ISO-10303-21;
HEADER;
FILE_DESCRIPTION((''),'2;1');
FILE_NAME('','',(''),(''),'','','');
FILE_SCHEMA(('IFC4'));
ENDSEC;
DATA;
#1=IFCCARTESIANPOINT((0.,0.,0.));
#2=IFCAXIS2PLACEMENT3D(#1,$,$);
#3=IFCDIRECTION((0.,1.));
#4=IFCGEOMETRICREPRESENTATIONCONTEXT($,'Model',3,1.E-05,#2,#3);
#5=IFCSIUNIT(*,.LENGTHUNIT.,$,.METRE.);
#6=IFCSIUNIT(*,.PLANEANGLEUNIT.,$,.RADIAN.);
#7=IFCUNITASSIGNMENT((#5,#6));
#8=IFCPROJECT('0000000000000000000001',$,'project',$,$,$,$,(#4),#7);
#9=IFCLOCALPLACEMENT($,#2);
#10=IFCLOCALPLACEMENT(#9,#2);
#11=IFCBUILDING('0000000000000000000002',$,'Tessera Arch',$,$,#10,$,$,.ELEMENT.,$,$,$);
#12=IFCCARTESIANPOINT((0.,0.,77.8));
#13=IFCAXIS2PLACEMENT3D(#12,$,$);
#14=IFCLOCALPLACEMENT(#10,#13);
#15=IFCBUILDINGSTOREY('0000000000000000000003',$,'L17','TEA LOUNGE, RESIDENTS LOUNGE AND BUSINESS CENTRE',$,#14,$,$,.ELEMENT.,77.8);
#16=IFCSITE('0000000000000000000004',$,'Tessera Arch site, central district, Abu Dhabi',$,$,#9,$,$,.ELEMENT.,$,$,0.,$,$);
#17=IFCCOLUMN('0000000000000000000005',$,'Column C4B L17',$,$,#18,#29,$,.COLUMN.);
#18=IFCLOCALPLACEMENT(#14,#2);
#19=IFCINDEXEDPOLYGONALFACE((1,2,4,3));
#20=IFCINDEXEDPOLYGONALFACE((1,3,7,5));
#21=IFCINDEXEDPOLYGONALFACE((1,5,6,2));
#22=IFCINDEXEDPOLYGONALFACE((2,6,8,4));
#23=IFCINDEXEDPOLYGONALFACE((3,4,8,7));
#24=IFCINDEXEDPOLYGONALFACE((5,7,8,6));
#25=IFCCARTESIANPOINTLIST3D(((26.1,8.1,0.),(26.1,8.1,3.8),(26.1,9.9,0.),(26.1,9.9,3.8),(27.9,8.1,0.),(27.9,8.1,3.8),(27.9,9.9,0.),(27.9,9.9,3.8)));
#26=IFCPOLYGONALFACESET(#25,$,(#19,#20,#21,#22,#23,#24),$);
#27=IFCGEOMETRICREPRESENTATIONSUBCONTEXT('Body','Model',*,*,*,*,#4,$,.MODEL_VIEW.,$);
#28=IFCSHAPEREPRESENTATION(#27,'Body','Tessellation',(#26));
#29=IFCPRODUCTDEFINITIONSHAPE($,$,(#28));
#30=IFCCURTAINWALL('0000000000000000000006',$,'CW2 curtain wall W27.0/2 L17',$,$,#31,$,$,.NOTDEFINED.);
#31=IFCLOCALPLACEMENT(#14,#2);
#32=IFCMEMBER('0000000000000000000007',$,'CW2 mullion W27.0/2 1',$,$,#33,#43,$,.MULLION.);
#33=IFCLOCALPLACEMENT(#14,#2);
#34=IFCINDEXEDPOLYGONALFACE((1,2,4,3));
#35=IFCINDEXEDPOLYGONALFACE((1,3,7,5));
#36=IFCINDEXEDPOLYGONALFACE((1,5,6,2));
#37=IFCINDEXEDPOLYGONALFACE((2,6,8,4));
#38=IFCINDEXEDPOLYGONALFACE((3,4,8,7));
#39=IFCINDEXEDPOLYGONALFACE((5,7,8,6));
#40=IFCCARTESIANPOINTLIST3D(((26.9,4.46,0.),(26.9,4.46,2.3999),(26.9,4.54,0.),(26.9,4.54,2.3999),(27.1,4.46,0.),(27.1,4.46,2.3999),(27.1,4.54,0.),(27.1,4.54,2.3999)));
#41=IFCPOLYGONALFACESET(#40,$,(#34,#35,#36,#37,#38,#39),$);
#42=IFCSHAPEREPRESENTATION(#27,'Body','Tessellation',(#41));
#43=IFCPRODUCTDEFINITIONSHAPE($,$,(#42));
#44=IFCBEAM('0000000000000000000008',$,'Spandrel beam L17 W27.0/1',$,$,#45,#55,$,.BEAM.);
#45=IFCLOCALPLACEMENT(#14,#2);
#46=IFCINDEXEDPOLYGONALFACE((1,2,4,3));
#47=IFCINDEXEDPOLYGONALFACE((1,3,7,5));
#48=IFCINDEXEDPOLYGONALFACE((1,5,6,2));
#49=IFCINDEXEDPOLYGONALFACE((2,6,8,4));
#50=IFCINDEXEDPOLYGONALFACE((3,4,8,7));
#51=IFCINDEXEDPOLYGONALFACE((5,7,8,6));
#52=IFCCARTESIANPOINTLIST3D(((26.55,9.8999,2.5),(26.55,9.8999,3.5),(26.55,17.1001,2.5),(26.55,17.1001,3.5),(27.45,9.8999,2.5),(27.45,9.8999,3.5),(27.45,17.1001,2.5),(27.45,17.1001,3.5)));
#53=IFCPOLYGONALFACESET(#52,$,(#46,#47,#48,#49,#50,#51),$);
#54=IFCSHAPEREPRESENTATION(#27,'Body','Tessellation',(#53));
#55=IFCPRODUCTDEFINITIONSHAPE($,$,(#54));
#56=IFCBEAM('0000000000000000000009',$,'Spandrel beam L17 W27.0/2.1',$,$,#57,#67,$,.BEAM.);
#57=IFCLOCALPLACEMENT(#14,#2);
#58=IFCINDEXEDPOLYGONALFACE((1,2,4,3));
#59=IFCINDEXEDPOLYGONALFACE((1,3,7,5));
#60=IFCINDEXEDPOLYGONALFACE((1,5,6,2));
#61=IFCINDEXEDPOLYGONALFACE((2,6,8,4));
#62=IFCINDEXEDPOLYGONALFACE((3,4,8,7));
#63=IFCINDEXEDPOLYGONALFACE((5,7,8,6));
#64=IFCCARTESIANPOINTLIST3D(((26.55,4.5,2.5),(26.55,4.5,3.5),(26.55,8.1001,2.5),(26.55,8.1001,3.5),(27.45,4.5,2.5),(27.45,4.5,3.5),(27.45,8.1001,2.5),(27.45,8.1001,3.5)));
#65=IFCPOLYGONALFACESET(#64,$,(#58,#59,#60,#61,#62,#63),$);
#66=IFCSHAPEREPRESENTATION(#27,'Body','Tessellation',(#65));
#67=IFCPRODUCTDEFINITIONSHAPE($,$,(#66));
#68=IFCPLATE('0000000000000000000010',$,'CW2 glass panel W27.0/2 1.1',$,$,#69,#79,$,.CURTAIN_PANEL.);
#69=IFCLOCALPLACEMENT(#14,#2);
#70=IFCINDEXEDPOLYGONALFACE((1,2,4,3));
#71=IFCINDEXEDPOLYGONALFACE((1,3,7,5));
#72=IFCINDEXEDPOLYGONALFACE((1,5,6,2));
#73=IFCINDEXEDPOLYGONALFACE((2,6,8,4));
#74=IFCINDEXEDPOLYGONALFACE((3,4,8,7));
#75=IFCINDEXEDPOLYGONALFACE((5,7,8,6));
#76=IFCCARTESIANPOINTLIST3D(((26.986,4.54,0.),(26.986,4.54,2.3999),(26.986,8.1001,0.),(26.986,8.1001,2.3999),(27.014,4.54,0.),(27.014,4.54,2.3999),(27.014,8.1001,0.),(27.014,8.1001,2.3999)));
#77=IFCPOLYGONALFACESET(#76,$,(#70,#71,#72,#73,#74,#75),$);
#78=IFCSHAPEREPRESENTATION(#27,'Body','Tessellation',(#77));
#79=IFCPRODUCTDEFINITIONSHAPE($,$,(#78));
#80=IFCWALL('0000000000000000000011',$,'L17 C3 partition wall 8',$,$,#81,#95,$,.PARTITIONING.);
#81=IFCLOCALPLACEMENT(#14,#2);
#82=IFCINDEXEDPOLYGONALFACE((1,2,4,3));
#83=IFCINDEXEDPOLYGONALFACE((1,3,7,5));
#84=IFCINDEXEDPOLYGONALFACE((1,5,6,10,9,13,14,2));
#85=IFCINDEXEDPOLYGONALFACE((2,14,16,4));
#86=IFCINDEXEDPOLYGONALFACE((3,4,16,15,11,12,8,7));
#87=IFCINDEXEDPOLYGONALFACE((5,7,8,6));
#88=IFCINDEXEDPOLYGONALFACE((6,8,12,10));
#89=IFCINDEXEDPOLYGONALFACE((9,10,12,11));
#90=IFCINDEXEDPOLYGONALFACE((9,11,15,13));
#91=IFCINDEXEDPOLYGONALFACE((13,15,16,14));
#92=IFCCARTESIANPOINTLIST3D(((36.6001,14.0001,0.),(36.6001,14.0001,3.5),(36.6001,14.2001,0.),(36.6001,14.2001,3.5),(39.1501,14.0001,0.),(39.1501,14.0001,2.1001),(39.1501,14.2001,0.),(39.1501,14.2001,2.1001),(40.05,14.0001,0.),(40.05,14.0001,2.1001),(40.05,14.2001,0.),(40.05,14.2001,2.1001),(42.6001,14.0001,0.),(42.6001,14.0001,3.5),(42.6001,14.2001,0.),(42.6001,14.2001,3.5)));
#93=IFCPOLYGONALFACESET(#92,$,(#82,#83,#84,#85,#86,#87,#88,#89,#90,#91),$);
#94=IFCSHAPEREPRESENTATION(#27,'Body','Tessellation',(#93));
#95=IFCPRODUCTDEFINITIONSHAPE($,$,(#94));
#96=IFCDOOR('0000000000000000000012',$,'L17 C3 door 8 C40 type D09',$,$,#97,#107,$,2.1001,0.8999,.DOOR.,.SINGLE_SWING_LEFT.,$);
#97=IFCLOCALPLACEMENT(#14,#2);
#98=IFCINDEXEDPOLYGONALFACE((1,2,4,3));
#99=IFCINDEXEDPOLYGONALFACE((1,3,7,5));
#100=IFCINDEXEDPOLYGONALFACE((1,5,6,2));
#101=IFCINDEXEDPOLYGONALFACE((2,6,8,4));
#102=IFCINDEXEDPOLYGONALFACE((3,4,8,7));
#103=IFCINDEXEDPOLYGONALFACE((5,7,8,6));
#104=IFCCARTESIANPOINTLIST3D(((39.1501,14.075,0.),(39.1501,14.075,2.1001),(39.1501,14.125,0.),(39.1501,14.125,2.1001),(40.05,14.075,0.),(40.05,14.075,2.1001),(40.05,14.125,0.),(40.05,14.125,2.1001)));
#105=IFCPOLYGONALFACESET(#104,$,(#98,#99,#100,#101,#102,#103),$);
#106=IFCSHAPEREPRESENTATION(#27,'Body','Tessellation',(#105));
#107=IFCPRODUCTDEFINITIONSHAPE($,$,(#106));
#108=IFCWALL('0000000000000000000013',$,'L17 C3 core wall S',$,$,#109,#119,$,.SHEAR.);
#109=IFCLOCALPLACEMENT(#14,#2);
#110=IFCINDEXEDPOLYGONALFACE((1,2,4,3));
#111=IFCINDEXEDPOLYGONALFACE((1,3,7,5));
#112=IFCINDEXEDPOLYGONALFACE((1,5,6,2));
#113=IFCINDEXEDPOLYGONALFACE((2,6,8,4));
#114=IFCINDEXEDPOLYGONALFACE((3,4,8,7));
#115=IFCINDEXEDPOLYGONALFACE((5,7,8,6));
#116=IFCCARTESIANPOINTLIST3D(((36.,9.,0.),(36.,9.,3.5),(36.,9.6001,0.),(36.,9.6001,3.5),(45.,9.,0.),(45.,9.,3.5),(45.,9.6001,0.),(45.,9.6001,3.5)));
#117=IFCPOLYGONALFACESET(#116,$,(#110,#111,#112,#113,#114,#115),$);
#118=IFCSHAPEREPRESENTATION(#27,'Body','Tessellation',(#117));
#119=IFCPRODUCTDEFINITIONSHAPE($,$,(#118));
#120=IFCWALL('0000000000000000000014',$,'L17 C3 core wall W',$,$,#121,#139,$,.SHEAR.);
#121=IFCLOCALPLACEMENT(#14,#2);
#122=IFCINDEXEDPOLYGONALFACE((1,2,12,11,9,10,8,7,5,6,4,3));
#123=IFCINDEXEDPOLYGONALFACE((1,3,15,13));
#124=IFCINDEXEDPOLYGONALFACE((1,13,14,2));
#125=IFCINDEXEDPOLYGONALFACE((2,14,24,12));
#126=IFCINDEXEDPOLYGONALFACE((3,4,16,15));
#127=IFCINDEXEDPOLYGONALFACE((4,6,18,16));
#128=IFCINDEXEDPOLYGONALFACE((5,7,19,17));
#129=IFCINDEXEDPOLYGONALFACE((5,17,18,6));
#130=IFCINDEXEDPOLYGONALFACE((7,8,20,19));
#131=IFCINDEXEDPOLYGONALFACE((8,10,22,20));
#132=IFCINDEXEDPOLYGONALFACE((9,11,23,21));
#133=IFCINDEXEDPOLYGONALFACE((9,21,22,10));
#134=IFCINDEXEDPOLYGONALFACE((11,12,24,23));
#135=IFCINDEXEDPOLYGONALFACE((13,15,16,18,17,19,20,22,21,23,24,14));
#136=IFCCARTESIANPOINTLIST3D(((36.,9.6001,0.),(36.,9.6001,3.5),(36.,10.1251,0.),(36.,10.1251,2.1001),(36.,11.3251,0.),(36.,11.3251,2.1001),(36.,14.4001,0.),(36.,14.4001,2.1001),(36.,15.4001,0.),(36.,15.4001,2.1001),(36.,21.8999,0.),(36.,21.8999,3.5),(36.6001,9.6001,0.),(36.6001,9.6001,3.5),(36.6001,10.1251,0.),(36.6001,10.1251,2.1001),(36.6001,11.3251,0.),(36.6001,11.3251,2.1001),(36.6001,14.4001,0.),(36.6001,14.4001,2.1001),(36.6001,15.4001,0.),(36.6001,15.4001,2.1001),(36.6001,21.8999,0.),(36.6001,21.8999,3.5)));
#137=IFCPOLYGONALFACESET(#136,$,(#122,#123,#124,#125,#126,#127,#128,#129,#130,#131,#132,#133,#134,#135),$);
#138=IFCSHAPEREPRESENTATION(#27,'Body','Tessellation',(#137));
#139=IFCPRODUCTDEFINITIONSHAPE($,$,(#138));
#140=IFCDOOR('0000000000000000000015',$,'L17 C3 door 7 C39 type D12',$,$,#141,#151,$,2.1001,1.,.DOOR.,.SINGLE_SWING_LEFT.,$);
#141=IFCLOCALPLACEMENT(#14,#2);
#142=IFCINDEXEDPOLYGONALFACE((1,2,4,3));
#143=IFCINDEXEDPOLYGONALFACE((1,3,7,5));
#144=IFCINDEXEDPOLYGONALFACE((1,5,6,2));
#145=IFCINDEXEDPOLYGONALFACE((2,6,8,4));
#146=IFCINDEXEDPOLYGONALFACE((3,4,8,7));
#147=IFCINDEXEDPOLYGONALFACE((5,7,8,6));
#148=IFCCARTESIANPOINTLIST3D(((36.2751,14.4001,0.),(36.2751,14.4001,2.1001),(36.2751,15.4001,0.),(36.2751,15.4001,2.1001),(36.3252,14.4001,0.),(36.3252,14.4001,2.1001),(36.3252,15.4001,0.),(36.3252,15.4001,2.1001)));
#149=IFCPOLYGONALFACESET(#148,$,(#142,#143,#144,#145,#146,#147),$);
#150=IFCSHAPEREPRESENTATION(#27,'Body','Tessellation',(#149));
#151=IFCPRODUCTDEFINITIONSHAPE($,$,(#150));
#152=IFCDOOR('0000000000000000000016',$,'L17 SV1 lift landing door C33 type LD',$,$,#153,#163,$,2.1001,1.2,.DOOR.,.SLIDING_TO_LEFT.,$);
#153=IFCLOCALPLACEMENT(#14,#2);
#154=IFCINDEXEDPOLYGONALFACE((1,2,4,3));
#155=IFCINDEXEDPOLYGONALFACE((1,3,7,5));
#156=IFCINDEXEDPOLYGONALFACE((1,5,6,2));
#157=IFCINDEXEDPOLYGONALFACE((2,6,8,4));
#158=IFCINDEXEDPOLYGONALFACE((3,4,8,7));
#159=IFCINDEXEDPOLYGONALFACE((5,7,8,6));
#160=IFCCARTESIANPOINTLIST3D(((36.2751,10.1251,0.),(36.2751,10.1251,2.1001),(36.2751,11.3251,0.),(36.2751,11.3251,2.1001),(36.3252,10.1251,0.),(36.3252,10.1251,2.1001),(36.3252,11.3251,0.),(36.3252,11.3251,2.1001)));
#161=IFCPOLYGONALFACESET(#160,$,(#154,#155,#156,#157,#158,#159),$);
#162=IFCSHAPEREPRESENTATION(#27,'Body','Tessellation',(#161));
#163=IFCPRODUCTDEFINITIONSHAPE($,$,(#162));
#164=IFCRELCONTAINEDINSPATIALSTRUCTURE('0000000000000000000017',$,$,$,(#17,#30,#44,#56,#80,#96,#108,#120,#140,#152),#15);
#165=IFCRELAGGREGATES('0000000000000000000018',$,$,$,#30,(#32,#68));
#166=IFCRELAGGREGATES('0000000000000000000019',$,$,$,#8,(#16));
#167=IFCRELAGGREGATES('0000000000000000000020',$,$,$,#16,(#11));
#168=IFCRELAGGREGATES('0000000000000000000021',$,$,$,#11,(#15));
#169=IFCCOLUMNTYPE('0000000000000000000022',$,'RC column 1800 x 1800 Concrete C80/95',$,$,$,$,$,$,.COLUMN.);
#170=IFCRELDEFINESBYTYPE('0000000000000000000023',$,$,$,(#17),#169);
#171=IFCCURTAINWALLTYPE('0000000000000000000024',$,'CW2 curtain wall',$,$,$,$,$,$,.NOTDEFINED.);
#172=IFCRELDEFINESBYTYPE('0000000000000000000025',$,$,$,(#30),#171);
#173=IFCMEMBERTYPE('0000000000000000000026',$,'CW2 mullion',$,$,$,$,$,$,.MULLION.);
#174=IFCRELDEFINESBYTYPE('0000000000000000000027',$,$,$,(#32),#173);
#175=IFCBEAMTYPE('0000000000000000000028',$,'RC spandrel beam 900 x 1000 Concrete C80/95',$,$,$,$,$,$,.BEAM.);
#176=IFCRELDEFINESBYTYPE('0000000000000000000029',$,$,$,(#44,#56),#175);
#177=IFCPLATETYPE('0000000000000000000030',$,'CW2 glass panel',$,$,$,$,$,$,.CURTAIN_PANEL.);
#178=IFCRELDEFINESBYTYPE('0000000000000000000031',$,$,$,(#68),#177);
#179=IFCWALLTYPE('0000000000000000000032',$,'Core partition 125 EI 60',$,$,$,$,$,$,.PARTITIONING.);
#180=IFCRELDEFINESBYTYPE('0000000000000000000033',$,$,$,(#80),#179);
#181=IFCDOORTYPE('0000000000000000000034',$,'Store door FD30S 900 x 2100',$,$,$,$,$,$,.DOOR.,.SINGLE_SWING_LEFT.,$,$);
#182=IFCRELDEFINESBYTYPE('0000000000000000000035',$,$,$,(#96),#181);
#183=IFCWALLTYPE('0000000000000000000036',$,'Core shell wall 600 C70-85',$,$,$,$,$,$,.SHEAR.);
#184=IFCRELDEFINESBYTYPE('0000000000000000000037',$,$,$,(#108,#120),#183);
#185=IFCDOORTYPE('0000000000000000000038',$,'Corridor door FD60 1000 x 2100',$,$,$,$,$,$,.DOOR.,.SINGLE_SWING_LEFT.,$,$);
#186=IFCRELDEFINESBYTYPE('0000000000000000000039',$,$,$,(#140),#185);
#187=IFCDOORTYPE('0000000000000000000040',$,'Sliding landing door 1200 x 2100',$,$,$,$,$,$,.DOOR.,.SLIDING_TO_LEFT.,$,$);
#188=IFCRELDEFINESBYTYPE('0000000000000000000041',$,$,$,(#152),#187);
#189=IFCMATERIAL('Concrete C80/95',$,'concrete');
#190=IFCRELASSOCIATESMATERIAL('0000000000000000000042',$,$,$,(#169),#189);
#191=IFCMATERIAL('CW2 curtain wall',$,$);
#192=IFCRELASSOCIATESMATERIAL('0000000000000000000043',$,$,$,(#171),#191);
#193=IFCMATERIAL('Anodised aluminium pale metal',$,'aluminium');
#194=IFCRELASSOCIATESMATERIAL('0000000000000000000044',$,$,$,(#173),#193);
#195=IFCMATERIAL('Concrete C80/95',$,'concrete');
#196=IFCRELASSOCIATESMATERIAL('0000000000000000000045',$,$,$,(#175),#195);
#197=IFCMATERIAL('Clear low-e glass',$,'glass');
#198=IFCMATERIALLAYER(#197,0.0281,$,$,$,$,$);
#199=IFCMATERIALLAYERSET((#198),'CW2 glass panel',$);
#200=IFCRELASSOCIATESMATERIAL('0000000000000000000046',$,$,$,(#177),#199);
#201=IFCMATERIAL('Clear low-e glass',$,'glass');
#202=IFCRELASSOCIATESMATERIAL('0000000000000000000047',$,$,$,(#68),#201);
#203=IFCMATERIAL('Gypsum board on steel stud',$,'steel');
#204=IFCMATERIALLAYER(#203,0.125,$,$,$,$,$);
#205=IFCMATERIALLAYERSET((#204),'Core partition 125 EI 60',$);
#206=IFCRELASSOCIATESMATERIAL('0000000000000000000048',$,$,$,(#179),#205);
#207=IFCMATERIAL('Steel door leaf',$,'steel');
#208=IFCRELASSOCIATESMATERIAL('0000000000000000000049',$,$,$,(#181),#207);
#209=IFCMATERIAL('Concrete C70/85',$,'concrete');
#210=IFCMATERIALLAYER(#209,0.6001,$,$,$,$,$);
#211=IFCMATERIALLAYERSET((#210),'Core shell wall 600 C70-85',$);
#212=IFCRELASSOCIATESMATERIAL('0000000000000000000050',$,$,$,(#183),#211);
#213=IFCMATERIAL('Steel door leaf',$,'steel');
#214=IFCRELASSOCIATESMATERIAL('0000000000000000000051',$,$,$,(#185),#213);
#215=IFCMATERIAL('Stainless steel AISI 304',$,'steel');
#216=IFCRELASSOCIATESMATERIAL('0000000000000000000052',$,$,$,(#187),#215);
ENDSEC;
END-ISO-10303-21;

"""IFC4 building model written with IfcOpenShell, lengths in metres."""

from ifc_helpers import new_model, si_unit, direction, frame, frame_2d, origin, origin_2d, place, context, subcontext, project, spatial, rectangle, extrude, material, layer, layer_set, material_profile, profile_set, type_object, element, fill, aggregate, save


model = new_model("IFC4")

# Units and contexts
model_context = context("Model", 3, precision=1e-05, world=origin(), true_north=direction((0.0, 1.0)))
body_context = subcontext(model_context, "Body", "Model", "MODEL_VIEW")
ifc_project = project(units=[si_unit("LENGTHUNIT", "METRE"), si_unit("PLANEANGLEUNIT", "RADIAN")], contexts=[model_context])

# Site, building, storey
site_placement = place(None, origin())
site = spatial("IfcSite", under=ifc_project, at=site_placement, Name="Tessera Arch site, central district, Abu Dhabi", CompositionType="ELEMENT", RefElevation=0.0)
building_placement = place(site_placement, origin())
building = spatial("IfcBuilding", under=site, at=building_placement, Name="Tessera Arch", CompositionType="ELEMENT")
storey_placement = place(building_placement, frame((0.0, 0.0, 77.8)))
storey = spatial("IfcBuildingStorey", under=building, at=storey_placement, Name="L17", Description="TEA LOUNGE, RESIDENTS LOUNGE AND BUSINESS CENTRE", CompositionType="ELEMENT", Elevation=77.8)

# Column
ifc_material_1 = material(Name="Concrete C80/95", Category="concrete")
ifc_material_profile_1 = material_profile(ifc_material_1, rectangle(XDim=1.8, YDim=1.8, at=origin_2d()), Name="RC column 1800 x 1800 Concrete C80/95")
ifc_profile_set_1 = profile_set([ifc_material_profile_1], Name="Concrete C80/95")
column_type = type_object("IfcColumnType", Name="RC column 1800 x 1800 Concrete C80/95", PredefinedType="COLUMN", material=ifc_profile_set_1)
column_placement = place(storey_placement, frame((27.0, 9.0, 0.0), z_axis=(0.0, 0.0, 1.0), x_axis=(1.0, 0.0, 0.0)))
element("IfcColumn", 1, at=column_placement, inside=storey, type_object=column_type, Name="Column C4B L17", PredefinedType="COLUMN", context=body_context, shape_type="SweptSolid", body=[
    extrude(rectangle(XDim=1.8, YDim=1.8, at=origin_2d()), origin(), (0.0, 0.0, 1.0), 3.8),
])

# Curtain wall, member
ifc_material_2 = material(Name="CW2 curtain wall")
curtain_wall_type = type_object("IfcCurtainWallType", Name="CW2 curtain wall", PredefinedType="NOTDEFINED", material=ifc_material_2)
curtain_wall_placement = place(storey_placement, origin())
curtain_wall = element("IfcCurtainWall", 2, at=curtain_wall_placement, inside=storey, type_object=curtain_wall_type, Name="CW2 curtain wall W27.0/2 L17", PredefinedType="NOTDEFINED")
ifc_material_3 = material(Name="Anodised aluminium pale metal", Category="aluminium")
ifc_material_profile_2 = material_profile(ifc_material_3, rectangle(XDim=0.2, YDim=0.0801, at=origin_2d()), Name="AL 80x200")
ifc_profile_set_2 = profile_set([ifc_material_profile_2], Name="Anodised aluminium pale metal")
member_type = type_object("IfcMemberType", Name="CW2 mullion", PredefinedType="MULLION", material=ifc_profile_set_2)
member_placement = place(storey_placement, frame((27.0, 4.5, 0.0), z_axis=(0.0, 0.0, 1.0), x_axis=(1.0, 0.0, 0.0)))
member = element("IfcMember", 3, at=member_placement, type_object=member_type, Name="CW2 mullion W27.0/2 1", PredefinedType="MULLION", context=body_context, shape_type="SweptSolid", body=[
    extrude(rectangle(XDim=0.2, YDim=0.0801, at=origin_2d()), origin(), (0.0, 0.0, 1.0), 2.3999),
])

# Beams
ifc_material_4 = material(Name="Concrete C80/95", Category="concrete")
ifc_material_profile_3 = material_profile(ifc_material_4, rectangle(XDim=0.8999, YDim=1.0, at=origin_2d()), Name="RC spandrel beam 900 x 1000 Concrete C80/95")
ifc_profile_set_3 = profile_set([ifc_material_profile_3], Name="Concrete C80/95")
beam_type = type_object("IfcBeamType", Name="RC spandrel beam 900 x 1000 Concrete C80/95", PredefinedType="BEAM", material=ifc_profile_set_3)
beam_1_placement = place(storey_placement, frame((27.0, 17.1001, 3.0), z_axis=(0.0, -1.0, 0.0), x_axis=(1.0, 0.0, 0.0)))
element("IfcBeam", 4, at=beam_1_placement, inside=storey, type_object=beam_type, Name="Spandrel beam L17 W27.0/1", PredefinedType="BEAM", context=body_context, shape_type="SweptSolid", body=[
    extrude(rectangle(XDim=0.8999, YDim=1.0, at=origin_2d()), origin(), (0.0, 0.0, 1.0), 7.2002),
])
beam_2_placement = place(storey_placement, frame((27.0, 8.1001, 3.0), z_axis=(0.0, -1.0, 0.0), x_axis=(1.0, 0.0, 0.0)))
element("IfcBeam", 5, at=beam_2_placement, inside=storey, type_object=beam_type, Name="Spandrel beam L17 W27.0/2.1", PredefinedType="BEAM", context=body_context, shape_type="SweptSolid", body=[
    extrude(rectangle(XDim=0.8999, YDim=1.0, at=origin_2d()), origin(), (0.0, 0.0, 1.0), 3.6001),
])

# Plate
ifc_material_5 = material(Name="Clear low-e glass", Category="glass")
ifc_material_6 = material(Name="Clear low-e glass", Category="glass")
ifc_layer_1 = layer(ifc_material_6, 0.0281)
ifc_layer_set_1 = layer_set([ifc_layer_1], Name="CW2 glass panel")
plate_type = type_object("IfcPlateType", Name="CW2 glass panel", PredefinedType="CURTAIN_PANEL", material=ifc_layer_set_1)
plate_placement = place(storey_placement, frame((27.0, 6.3201, 0.0), z_axis=(0.0, 0.0, 1.0), x_axis=(0.0, -1.0, 0.0)))
plate = element("IfcPlate", 6, at=plate_placement, type_object=plate_type, material=ifc_material_5, Name="CW2 glass panel W27.0/2 1.1", PredefinedType="CURTAIN_PANEL", context=body_context, shape_type="SweptSolid", body=[
    extrude(rectangle(XDim=3.5601, YDim=0.0281, at=origin_2d()), origin(), (0.0, 0.0, 1.0), 2.3999),
])
aggregate(curtain_wall, [member, plate])

# Wall, opening, door
ifc_material_7 = material(Name="Gypsum board on steel stud", Category="steel")
ifc_layer_2 = layer(ifc_material_7, 0.125)
ifc_layer_set_2 = layer_set([ifc_layer_2], Name="Core partition 125 EI 60")
wall_type_1 = type_object("IfcWallType", Name="Core partition 125 EI 60", PredefinedType="PARTITIONING", material=ifc_layer_set_2)
wall_1_placement = place(storey_placement, frame((36.6001, 14.1001, 0.0), z_axis=(0.0, 0.0, 1.0), x_axis=(1.0, 0.0, 0.0)))
wall_1 = element("IfcWall", 7, at=wall_1_placement, inside=storey, type_object=wall_type_1, Name="L17 C3 partition wall 8", PredefinedType="PARTITIONING", context=body_context, shape_type="SweptSolid", body=[
    extrude(rectangle(XDim=6.0, YDim=0.2, at=frame_2d((3.0, 0.0))), origin(), (0.0, 0.0, 1.0), 3.5),
])
opening_1_placement = place(wall_1_placement, frame((2.55, 0.0, 0.0)))
opening_1 = element("IfcOpeningElement", 8, at=opening_1_placement, cuts=wall_1, PredefinedType="OPENING", context=body_context, shape_type="SweptSolid", body=[
    extrude(rectangle(XDim=0.8999, YDim=2.1001, at=frame_2d((0.45, 1.05))), frame((0.0, 0.1099, 0.0), z_axis=(0.0, -1.0, 0.0), x_axis=(1.0, 0.0, 0.0)), (0.0, 0.0, 1.0), 0.22),
])
ifc_material_8 = material(Name="Steel door leaf", Category="steel")
door_type_1 = type_object("IfcDoorType", Name="Store door FD30S 900 x 2100", OperationType="SINGLE_SWING_LEFT", PredefinedType="DOOR", material=ifc_material_8)
door_1_placement = place(opening_1_placement, origin())
door_1 = element("IfcDoor", 9, at=door_1_placement, inside=storey, type_object=door_type_1, Name="L17 C3 door 8 C40 type D09", OperationType="SINGLE_SWING_LEFT", OverallHeight=2.1001, OverallWidth=0.8999, PredefinedType="DOOR", context=body_context, shape_type="SweptSolid", body=[
    extrude(rectangle(XDim=0.8999, YDim=2.1001, at=frame_2d((0.45, 1.05))), frame((0.0, 0.0249, 0.0), z_axis=(0.0, -1.0, 0.0), x_axis=(1.0, 0.0, 0.0)), (0.0, 0.0, 1.0), 0.05),
])
fill(opening_1, door_1)

# Wall
ifc_material_9 = material(Name="Concrete C70/85", Category="concrete")
ifc_layer_3 = layer(ifc_material_9, 0.6001)
ifc_layer_set_3 = layer_set([ifc_layer_3], Name="Core shell wall 600 C70-85")
wall_type_2 = type_object("IfcWallType", Name="Core shell wall 600 C70-85", PredefinedType="SHEAR", material=ifc_layer_set_3)
wall_2_placement = place(storey_placement, frame((36.0, 9.3, 0.0), z_axis=(0.0, 0.0, 1.0), x_axis=(1.0, 0.0, 0.0)))
element("IfcWall", 10, at=wall_2_placement, inside=storey, type_object=wall_type_2, Name="L17 C3 core wall S", PredefinedType="SHEAR", context=body_context, shape_type="SweptSolid", body=[
    extrude(rectangle(XDim=9.0, YDim=0.6001, at=frame_2d((4.5, 0.0))), origin(), (0.0, 0.0, 1.0), 3.5),
])

# Wall, openings, doors
wall_3_placement = place(storey_placement, frame((36.3, 9.6001, 0.0), z_axis=(0.0, 0.0, 1.0), x_axis=(0.0, 1.0, 0.0)))
wall_3 = element("IfcWall", 11, at=wall_3_placement, inside=storey, type_object=wall_type_2, Name="L17 C3 core wall W", PredefinedType="SHEAR", context=body_context, shape_type="SweptSolid", body=[
    extrude(rectangle(XDim=12.2998, YDim=0.6001, at=frame_2d((6.1499, 0.0))), origin(), (0.0, 0.0, 1.0), 3.5),
])
opening_2_placement = place(wall_3_placement, frame((0.5249, 0.0, 0.0)))
opening_2 = element("IfcOpeningElement", 12, at=opening_2_placement, cuts=wall_3, PredefinedType="OPENING", context=body_context, shape_type="SweptSolid", body=[
    extrude(rectangle(XDim=1.2, YDim=2.1001, at=frame_2d((0.6001, 1.05))), frame((0.0, 0.3101, 0.0), z_axis=(0.0, -1.0, 0.0), x_axis=(1.0, 0.0, 0.0)), (0.0, 0.0, 1.0), 0.6201),
])
opening_3_placement = place(wall_3_placement, frame((4.8, 0.0, 0.0)))
opening_3 = element("IfcOpeningElement", 13, at=opening_3_placement, cuts=wall_3, PredefinedType="OPENING", context=body_context, shape_type="SweptSolid", body=[
    extrude(rectangle(XDim=1.0, YDim=2.1001, at=frame_2d((0.5, 1.05))), frame((0.0, 0.3101, 0.0), z_axis=(0.0, -1.0, 0.0), x_axis=(1.0, 0.0, 0.0)), (0.0, 0.0, 1.0), 0.6201),
])
ifc_material_10 = material(Name="Steel door leaf", Category="steel")
door_type_2 = type_object("IfcDoorType", Name="Corridor door FD60 1000 x 2100", OperationType="SINGLE_SWING_LEFT", PredefinedType="DOOR", material=ifc_material_10)
door_2_placement = place(opening_3_placement, origin())
door_2 = element("IfcDoor", 14, at=door_2_placement, inside=storey, type_object=door_type_2, Name="L17 C3 door 7 C39 type D12", OperationType="SINGLE_SWING_LEFT", OverallHeight=2.1001, OverallWidth=1.0, PredefinedType="DOOR", context=body_context, shape_type="SweptSolid", body=[
    extrude(rectangle(XDim=1.0, YDim=2.1001, at=frame_2d((0.5, 1.05))), frame((0.0, 0.0249, 0.0), z_axis=(0.0, -1.0, 0.0), x_axis=(1.0, 0.0, 0.0)), (0.0, 0.0, 1.0), 0.05),
])
fill(opening_3, door_2)
ifc_material_11 = material(Name="Stainless steel AISI 304", Category="steel")
door_type_3 = type_object("IfcDoorType", Name="Sliding landing door 1200 x 2100", OperationType="SLIDING_TO_LEFT", PredefinedType="DOOR", material=ifc_material_11)
door_3_placement = place(opening_2_placement, origin())
door_3 = element("IfcDoor", 15, at=door_3_placement, inside=storey, type_object=door_type_3, Name="L17 SV1 lift landing door C33 type LD", OperationType="SLIDING_TO_LEFT", OverallHeight=2.1001, OverallWidth=1.2, PredefinedType="DOOR", context=body_context, shape_type="SweptSolid", body=[
    extrude(rectangle(XDim=1.2, YDim=2.1001, at=frame_2d((0.6001, 1.05))), frame((0.0, 0.0249, 0.0), z_axis=(0.0, -1.0, 0.0), x_axis=(1.0, 0.0, 0.0)), (0.0, 0.0, 1.0), 0.05),
])
fill(opening_2, door_3)

save(model, "model.ifc")
